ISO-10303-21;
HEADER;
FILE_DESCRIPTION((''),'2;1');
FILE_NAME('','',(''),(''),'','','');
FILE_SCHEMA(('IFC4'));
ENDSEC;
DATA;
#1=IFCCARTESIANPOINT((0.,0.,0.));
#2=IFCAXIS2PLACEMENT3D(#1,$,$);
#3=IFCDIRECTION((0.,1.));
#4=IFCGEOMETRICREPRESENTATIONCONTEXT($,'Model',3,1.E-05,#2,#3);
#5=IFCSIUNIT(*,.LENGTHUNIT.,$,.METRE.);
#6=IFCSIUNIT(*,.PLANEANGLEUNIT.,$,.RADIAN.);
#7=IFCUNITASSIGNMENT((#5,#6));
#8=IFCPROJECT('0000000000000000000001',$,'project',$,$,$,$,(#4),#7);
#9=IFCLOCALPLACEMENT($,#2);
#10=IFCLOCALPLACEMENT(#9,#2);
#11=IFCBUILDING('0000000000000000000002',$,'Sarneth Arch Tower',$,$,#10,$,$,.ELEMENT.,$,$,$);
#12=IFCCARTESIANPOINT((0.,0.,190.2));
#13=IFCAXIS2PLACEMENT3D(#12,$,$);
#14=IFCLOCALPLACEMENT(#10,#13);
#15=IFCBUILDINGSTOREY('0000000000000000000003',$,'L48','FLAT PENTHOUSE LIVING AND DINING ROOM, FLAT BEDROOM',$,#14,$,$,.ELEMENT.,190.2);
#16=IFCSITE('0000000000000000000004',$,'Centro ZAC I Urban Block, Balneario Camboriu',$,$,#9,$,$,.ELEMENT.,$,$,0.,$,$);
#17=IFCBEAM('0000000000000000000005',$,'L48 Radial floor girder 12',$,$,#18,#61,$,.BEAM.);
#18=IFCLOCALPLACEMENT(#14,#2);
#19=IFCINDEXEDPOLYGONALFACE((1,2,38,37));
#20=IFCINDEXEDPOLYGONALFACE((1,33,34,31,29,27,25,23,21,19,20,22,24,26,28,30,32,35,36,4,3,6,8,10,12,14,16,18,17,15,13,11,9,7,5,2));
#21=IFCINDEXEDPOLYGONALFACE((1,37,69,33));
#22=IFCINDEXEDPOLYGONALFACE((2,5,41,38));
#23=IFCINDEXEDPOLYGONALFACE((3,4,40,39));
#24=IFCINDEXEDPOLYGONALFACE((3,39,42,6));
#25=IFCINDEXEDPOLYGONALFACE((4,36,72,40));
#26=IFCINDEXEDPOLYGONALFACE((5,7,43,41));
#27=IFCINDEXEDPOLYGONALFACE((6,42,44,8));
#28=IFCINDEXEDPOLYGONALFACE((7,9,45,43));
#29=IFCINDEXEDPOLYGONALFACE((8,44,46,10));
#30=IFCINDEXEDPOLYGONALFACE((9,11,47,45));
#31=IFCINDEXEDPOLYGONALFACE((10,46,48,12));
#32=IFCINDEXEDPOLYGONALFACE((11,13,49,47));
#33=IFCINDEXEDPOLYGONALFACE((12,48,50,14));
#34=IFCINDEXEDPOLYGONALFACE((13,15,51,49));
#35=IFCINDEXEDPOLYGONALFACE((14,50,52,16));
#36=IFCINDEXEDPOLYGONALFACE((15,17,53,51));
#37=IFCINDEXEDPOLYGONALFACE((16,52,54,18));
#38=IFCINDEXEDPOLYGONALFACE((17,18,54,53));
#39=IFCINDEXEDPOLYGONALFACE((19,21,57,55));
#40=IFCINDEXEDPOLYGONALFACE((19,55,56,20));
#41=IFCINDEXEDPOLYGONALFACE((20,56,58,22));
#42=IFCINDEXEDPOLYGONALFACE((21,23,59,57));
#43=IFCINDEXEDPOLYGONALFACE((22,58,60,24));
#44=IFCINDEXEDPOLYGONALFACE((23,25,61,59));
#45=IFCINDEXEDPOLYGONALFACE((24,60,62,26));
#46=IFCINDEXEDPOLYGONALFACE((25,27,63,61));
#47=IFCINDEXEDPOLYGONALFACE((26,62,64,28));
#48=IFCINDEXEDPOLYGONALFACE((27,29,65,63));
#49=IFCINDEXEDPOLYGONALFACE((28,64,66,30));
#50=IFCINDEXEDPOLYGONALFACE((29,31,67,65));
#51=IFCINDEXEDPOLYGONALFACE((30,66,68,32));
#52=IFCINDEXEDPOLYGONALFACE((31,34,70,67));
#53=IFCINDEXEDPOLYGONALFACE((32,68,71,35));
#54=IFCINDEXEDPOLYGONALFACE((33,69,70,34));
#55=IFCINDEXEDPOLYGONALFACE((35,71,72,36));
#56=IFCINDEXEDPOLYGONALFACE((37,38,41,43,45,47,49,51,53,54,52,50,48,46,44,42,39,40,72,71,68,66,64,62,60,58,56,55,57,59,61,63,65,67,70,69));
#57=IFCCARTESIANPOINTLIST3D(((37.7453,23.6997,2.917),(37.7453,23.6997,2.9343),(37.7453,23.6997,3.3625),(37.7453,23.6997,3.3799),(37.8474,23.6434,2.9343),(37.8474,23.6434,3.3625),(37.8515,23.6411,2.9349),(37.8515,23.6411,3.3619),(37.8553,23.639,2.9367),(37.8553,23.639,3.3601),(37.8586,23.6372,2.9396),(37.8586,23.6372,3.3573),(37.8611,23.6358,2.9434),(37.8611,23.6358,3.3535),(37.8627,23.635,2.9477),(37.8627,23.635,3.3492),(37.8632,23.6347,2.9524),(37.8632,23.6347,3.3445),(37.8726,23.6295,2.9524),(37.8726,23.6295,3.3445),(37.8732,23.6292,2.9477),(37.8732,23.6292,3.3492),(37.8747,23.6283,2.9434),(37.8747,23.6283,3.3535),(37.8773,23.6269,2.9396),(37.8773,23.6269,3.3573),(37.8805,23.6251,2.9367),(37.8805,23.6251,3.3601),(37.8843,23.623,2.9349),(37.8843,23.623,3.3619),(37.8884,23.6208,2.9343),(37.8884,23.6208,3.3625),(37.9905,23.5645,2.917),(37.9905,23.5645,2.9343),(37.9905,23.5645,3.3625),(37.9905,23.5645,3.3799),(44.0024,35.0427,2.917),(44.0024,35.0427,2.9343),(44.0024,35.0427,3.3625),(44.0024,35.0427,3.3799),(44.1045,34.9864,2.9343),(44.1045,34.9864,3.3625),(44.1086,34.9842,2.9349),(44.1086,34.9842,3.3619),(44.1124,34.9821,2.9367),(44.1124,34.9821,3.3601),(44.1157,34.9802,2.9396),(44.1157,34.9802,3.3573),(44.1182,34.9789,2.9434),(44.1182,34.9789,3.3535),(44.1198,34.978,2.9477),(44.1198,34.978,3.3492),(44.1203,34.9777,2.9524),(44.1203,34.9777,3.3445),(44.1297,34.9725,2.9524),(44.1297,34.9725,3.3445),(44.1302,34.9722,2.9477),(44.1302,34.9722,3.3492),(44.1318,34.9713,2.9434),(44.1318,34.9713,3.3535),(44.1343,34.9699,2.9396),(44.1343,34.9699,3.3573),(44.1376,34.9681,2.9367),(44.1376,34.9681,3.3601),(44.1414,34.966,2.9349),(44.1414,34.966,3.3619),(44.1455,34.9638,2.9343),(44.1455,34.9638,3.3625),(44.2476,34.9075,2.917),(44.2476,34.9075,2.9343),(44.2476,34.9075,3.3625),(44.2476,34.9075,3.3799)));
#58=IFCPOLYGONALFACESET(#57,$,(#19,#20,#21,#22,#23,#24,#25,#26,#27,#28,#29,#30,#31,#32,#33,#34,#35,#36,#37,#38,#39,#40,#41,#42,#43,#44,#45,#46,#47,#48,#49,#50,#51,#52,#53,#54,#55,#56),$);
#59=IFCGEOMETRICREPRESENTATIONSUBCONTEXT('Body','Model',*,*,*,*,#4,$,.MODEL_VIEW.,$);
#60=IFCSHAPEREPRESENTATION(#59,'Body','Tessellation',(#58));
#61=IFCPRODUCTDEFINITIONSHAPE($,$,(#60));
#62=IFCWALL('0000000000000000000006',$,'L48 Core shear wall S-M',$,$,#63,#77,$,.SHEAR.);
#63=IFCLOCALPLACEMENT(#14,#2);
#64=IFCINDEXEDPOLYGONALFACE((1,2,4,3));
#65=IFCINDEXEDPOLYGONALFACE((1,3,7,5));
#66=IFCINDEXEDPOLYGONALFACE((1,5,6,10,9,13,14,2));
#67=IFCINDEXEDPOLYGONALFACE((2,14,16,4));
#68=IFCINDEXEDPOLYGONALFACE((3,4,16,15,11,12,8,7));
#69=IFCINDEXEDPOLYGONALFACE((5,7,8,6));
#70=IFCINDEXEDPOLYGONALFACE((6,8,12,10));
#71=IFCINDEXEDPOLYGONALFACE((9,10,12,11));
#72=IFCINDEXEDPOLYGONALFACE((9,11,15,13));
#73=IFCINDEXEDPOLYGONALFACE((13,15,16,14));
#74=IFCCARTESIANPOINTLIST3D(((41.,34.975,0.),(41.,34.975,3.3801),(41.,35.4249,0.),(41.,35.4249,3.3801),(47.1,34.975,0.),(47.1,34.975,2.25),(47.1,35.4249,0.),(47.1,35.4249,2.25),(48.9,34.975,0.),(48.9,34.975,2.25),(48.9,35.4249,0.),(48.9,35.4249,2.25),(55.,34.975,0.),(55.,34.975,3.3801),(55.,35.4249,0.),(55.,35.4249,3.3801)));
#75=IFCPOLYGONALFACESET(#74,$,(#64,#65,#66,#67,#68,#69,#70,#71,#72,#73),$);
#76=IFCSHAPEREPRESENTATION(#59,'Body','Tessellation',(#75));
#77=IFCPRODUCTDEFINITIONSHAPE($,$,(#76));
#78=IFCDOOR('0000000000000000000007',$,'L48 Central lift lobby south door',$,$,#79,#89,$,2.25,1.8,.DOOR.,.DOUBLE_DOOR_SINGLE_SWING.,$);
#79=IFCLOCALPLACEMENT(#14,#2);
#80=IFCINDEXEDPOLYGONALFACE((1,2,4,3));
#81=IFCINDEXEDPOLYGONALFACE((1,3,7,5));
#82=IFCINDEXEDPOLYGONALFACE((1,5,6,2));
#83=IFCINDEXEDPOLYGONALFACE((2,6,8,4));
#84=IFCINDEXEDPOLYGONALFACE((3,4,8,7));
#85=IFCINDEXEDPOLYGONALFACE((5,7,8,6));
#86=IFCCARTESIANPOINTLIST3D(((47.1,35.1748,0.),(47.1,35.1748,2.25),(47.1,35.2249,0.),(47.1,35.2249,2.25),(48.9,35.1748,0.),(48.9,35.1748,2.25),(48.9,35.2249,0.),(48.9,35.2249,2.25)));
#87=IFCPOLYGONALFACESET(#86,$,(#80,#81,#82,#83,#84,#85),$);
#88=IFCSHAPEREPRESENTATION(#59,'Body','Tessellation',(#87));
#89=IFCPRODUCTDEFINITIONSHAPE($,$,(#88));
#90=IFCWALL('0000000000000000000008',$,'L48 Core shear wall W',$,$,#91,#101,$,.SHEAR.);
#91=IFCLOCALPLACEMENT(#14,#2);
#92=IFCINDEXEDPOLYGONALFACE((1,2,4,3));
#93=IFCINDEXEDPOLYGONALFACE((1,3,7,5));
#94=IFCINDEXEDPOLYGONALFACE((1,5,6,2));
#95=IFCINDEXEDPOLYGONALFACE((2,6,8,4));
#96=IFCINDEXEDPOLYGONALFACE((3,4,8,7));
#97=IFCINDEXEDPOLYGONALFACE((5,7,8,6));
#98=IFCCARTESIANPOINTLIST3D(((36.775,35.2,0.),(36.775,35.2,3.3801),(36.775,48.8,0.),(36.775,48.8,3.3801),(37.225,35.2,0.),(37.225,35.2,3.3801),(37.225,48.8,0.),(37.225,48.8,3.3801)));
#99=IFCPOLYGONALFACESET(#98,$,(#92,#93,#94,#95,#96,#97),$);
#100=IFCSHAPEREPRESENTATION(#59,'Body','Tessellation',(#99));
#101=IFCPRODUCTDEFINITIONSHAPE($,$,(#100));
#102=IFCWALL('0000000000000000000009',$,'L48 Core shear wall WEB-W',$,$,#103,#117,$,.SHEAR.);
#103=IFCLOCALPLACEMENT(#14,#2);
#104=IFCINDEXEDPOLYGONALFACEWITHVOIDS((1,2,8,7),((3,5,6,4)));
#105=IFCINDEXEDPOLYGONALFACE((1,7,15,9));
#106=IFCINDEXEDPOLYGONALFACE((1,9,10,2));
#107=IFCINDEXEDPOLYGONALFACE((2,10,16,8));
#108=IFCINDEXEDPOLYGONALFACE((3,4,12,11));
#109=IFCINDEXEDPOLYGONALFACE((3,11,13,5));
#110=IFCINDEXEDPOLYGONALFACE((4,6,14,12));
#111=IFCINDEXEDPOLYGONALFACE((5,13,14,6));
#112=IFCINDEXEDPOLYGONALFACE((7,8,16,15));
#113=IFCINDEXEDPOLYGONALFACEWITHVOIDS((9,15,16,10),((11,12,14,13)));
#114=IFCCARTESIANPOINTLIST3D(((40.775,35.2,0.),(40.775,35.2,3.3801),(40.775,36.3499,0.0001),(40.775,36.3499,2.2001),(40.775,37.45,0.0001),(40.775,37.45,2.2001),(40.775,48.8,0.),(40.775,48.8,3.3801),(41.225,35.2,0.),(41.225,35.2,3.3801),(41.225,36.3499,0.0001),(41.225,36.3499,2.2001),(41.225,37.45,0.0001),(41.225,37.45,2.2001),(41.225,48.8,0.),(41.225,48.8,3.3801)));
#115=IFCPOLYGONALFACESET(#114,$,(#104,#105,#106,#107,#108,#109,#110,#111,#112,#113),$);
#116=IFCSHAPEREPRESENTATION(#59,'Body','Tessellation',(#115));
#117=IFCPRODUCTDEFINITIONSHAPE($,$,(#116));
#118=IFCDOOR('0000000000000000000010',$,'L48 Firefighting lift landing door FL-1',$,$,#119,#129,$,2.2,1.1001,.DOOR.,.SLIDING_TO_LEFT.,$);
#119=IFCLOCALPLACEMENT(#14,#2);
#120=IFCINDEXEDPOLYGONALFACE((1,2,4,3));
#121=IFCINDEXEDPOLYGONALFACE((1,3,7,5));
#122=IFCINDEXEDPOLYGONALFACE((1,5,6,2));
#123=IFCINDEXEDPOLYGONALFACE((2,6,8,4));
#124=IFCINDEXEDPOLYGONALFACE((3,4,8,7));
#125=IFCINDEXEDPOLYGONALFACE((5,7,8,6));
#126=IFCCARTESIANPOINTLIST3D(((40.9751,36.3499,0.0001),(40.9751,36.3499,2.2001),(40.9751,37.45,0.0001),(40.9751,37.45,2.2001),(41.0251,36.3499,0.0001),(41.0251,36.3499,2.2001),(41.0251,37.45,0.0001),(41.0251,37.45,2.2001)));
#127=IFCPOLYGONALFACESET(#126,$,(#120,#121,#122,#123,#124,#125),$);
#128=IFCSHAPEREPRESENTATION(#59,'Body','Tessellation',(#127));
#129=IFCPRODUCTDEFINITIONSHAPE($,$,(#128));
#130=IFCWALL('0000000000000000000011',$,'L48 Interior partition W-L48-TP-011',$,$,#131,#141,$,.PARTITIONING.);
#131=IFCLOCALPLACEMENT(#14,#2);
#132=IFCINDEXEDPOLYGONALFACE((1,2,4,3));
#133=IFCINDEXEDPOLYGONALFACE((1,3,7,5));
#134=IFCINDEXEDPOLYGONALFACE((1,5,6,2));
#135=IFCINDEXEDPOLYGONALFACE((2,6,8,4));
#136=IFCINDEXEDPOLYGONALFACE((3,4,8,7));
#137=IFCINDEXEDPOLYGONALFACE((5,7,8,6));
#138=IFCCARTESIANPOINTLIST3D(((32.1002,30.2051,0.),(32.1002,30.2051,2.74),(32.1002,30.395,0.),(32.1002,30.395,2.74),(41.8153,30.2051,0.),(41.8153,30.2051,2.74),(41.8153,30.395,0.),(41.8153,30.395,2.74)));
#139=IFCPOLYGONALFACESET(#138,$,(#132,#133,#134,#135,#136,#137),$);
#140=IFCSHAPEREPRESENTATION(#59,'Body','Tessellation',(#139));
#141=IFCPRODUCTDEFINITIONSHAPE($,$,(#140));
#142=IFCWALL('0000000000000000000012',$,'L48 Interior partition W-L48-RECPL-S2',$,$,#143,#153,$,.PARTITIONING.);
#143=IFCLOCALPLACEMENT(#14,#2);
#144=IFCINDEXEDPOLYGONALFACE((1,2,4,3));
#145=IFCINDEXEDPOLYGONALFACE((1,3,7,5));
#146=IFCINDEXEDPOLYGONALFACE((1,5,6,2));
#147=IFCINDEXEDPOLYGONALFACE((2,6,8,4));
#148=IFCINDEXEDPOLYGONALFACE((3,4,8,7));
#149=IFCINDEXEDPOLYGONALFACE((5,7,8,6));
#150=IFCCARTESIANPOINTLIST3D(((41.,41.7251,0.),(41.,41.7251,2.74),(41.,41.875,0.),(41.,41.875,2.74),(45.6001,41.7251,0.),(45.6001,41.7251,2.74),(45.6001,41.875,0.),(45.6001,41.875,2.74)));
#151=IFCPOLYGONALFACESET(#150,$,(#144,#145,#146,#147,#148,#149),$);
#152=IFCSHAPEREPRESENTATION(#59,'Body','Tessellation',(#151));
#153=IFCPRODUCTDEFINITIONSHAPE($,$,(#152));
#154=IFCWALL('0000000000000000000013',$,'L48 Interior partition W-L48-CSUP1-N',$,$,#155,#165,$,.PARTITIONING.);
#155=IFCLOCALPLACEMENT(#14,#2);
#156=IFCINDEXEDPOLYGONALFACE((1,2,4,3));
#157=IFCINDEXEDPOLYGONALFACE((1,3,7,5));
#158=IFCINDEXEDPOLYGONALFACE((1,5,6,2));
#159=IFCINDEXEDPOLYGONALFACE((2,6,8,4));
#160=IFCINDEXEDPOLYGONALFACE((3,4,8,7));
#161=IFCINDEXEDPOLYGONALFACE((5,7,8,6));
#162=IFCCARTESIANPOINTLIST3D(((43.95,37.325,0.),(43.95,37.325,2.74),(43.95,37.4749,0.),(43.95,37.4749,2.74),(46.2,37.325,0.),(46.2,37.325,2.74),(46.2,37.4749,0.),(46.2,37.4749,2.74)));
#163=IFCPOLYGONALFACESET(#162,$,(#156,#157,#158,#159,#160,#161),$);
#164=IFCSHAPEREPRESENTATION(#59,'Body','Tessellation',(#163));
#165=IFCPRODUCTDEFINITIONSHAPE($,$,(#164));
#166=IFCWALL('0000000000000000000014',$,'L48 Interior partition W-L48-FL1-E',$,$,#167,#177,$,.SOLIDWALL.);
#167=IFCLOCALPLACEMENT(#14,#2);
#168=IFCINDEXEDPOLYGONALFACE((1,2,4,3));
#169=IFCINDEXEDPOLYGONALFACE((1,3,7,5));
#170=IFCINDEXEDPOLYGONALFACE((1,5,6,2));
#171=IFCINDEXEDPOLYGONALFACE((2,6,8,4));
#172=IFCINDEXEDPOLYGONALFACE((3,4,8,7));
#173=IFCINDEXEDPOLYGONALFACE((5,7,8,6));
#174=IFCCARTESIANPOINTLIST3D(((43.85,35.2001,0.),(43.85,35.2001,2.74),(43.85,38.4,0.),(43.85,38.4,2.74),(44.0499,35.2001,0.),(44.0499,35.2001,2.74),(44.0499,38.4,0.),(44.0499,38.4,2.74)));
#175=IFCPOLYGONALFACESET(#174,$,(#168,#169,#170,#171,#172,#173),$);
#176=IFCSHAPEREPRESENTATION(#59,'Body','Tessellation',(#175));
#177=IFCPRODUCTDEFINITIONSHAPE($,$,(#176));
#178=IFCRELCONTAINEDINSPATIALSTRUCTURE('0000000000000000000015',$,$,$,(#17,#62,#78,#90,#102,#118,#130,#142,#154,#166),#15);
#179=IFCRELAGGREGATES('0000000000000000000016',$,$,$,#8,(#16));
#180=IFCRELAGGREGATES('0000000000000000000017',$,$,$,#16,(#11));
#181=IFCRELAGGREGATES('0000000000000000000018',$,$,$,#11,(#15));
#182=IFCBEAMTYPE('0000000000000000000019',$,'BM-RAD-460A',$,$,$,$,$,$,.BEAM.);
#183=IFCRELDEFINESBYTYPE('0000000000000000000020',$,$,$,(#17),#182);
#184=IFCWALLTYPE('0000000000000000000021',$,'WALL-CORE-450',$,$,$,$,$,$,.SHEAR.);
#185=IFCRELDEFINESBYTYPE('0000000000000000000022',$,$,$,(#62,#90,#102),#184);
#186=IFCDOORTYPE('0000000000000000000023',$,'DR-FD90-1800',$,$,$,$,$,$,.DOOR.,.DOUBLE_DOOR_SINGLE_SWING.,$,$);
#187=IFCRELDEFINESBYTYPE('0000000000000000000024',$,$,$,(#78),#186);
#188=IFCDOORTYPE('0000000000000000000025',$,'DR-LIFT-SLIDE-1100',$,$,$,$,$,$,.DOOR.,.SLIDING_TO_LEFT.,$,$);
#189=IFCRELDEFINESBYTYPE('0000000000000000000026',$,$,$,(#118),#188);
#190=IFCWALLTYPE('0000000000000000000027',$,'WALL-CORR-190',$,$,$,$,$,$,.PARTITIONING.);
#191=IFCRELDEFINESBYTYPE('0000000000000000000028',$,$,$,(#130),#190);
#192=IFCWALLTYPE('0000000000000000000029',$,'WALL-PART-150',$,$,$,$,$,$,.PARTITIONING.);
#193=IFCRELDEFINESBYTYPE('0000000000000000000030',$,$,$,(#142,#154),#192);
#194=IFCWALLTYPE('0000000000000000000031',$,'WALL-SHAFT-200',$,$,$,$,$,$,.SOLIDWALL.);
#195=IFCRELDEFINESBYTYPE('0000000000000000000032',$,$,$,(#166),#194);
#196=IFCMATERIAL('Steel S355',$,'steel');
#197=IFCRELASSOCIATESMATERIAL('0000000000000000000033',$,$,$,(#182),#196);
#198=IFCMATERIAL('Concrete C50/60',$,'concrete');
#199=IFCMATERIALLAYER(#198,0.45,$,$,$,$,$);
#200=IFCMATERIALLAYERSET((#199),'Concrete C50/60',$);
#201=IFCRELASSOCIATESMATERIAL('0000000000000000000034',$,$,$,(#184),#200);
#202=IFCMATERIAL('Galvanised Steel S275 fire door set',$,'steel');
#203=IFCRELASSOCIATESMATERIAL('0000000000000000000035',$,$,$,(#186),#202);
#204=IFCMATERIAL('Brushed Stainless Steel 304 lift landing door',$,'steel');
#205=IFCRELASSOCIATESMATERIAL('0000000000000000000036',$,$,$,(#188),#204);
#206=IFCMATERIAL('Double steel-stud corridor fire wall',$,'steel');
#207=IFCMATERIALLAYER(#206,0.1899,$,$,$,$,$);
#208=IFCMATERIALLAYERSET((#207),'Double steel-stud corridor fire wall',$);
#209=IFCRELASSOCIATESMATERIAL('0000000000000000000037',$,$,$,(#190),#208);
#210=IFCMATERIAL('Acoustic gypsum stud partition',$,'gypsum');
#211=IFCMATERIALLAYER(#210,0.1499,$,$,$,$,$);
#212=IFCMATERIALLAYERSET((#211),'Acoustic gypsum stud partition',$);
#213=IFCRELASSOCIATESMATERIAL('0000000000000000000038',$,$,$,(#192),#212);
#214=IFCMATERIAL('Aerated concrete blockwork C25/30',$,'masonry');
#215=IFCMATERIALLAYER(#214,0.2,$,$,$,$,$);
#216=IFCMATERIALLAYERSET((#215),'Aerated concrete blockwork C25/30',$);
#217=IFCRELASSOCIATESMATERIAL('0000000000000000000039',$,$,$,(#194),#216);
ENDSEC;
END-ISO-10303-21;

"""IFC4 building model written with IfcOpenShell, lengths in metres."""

from ifc_helpers import new_model, si_unit, direction, frame, frame_2d, origin, origin_2d, place, context, subcontext, project, spatial, rectangle, i_section, extrude, material, layer, layer_set, material_profile, profile_set, type_object, element, fill, save


model = new_model("IFC4")

# Units and contexts
model_context = context("Model", 3, precision=1e-05, world=origin(), true_north=direction((0.0, 1.0)))
body_context = subcontext(model_context, "Body", "Model", "MODEL_VIEW")
ifc_project = project(units=[si_unit("LENGTHUNIT", "METRE"), si_unit("PLANEANGLEUNIT", "RADIAN")], contexts=[model_context])

# Site, building, storey
site_placement = place(None, origin())
site = spatial("IfcSite", under=ifc_project, at=site_placement, Name="Centro ZAC I Urban Block, Balneario Camboriu", CompositionType="ELEMENT", RefElevation=0.0)
building_placement = place(site_placement, origin())
building = spatial("IfcBuilding", under=site, at=building_placement, Name="Sarneth Arch Tower", CompositionType="ELEMENT")
storey_placement = place(building_placement, frame((0.0, 0.0, 190.2)))
storey = spatial("IfcBuildingStorey", under=building, at=storey_placement, Name="L48", Description="FLAT PENTHOUSE LIVING AND DINING ROOM, FLAT BEDROOM", CompositionType="ELEMENT", Elevation=190.2)

# Beam
ifc_material_1 = material(Name="Steel S355", Category="steel")
ifc_material_profile_1 = material_profile(ifc_material_1, i_section(OverallWidth=0.28, OverallDepth=0.4629, WebThickness=0.0107, FlangeThickness=0.0173, FilletRadius=0.0181, at=origin_2d()), Name="W460x113")
ifc_profile_set_1 = profile_set([ifc_material_profile_1], Name="Steel S355")
beam_type_1 = type_object("IfcBeamType", Name="BM-RAD-460A", PredefinedType="BEAM", material=ifc_profile_set_1)
beam_1_placement = place(storey_placement, frame((44.125, 34.9751, 3.1484), z_axis=(-0.48301, -0.875615, 0.0), x_axis=(0.875615, -0.48301, 0.0)))
element("IfcBeam", 1, at=beam_1_placement, inside=storey, type_object=beam_type_1, Name="L48 Radial floor girder 12", PredefinedType="BEAM", context=body_context, shape_type="SweptSolid", body=[
    extrude(i_section(OverallWidth=0.28, OverallDepth=0.4629, WebThickness=0.0107, FlangeThickness=0.0173, FilletRadius=0.0181, at=origin_2d()), origin(), (0.0, 0.0, 1.0), 12.9543),
])

# Wall, opening, door
ifc_material_2 = material(Name="Concrete C50/60", Category="concrete")
ifc_layer_1 = layer(ifc_material_2, 0.45)
ifc_layer_set_1 = layer_set([ifc_layer_1], Name="Concrete C50/60")
wall_type_1 = type_object("IfcWallType", Name="WALL-CORE-450", PredefinedType="SHEAR", material=ifc_layer_set_1)
wall_1_placement = place(storey_placement, frame((41.0, 35.2, 0.0), z_axis=(0.0, 0.0, 1.0), x_axis=(1.0, 0.0, 0.0)))
wall_1 = element("IfcWall", 2, at=wall_1_placement, inside=storey, type_object=wall_type_1, Name="L48 Core shear wall S-M", PredefinedType="SHEAR", context=body_context, shape_type="SweptSolid", body=[
    extrude(rectangle(XDim=14.0, YDim=0.45, at=frame_2d((7.0, 0.0))), origin(), (0.0, 0.0, 1.0), 3.3801),
])
opening_1_placement = place(wall_1_placement, frame((6.1001, 0.0, 0.0)))
opening_1 = element("IfcOpeningElement", 3, at=opening_1_placement, cuts=wall_1, PredefinedType="OPENING", context=body_context, shape_type="SweptSolid", body=[
    extrude(rectangle(XDim=1.8, YDim=2.25, at=frame_2d((0.8999, 1.125))), frame((0.0, 0.2349, 0.0), z_axis=(0.0, -1.0, 0.0), x_axis=(1.0, 0.0, 0.0)), (0.0, 0.0, 1.0), 0.47),
])
ifc_material_3 = material(Name="Galvanised Steel S275 fire door set", Category="steel")
door_type_1 = type_object("IfcDoorType", Name="DR-FD90-1800", OperationType="DOUBLE_DOOR_SINGLE_SWING", PredefinedType="DOOR", material=ifc_material_3)
door_1_placement = place(opening_1_placement, origin())
door_1 = element("IfcDoor", 4, at=door_1_placement, inside=storey, type_object=door_type_1, Name="L48 Central lift lobby south door", OperationType="DOUBLE_DOOR_SINGLE_SWING", OverallHeight=2.25, OverallWidth=1.8, PredefinedType="DOOR", context=body_context, shape_type="SweptSolid", body=[
    extrude(rectangle(XDim=1.8, YDim=2.25, at=frame_2d((0.8999, 1.125))), frame((0.0, 0.0249, 0.0), z_axis=(0.0, -1.0, 0.0), x_axis=(1.0, 0.0, 0.0)), (0.0, 0.0, 1.0), 0.05),
])
fill(opening_1, door_1)

# Wall
wall_2_placement = place(storey_placement, frame((37.0, 35.2, 0.0), z_axis=(0.0, 0.0, 1.0), x_axis=(0.0, 1.0, 0.0)))
element("IfcWall", 5, at=wall_2_placement, inside=storey, type_object=wall_type_1, Name="L48 Core shear wall W", PredefinedType="SHEAR", context=body_context, shape_type="SweptSolid", body=[
    extrude(rectangle(XDim=13.6001, YDim=0.45, at=frame_2d((6.8, 0.0))), origin(), (0.0, 0.0, 1.0), 3.3801),
])

# Wall, opening, door
wall_3_placement = place(storey_placement, frame((41.0, 35.2, 0.0), z_axis=(0.0, 0.0, 1.0), x_axis=(0.0, 1.0, 0.0)))
wall_3 = element("IfcWall", 6, at=wall_3_placement, inside=storey, type_object=wall_type_1, Name="L48 Core shear wall WEB-W", PredefinedType="SHEAR", context=body_context, shape_type="SweptSolid", body=[
    extrude(rectangle(XDim=13.6001, YDim=0.45, at=frame_2d((6.8, 0.0))), origin(), (0.0, 0.0, 1.0), 3.3801),
])
opening_2_placement = place(wall_3_placement, frame((1.1499, 0.0, 0.0)))
opening_2 = element("IfcOpeningElement", 7, at=opening_2_placement, cuts=wall_3, PredefinedType="OPENING", context=body_context, shape_type="SweptSolid", body=[
    extrude(rectangle(XDim=1.1001, YDim=2.2, at=frame_2d((0.55, 1.1001))), frame((0.0, 0.2349, 0.0), z_axis=(0.0, -1.0, 0.0), x_axis=(1.0, 0.0, 0.0)), (0.0, 0.0, 1.0), 0.47),
])
ifc_material_4 = material(Name="Brushed Stainless Steel 304 lift landing door", Category="steel")
door_type_2 = type_object("IfcDoorType", Name="DR-LIFT-SLIDE-1100", OperationType="SLIDING_TO_LEFT", PredefinedType="DOOR", material=ifc_material_4)
door_2_placement = place(opening_2_placement, origin())
door_2 = element("IfcDoor", 8, at=door_2_placement, inside=storey, type_object=door_type_2, Name="L48 Firefighting lift landing door FL-1", OperationType="SLIDING_TO_LEFT", OverallHeight=2.2, OverallWidth=1.1001, PredefinedType="DOOR", context=body_context, shape_type="SweptSolid", body=[
    extrude(rectangle(XDim=1.1001, YDim=2.2, at=frame_2d((0.55, 1.1001))), frame((0.0, 0.0249, 0.0), z_axis=(0.0, -1.0, 0.0), x_axis=(1.0, 0.0, 0.0)), (0.0, 0.0, 1.0), 0.05),
])
fill(opening_2, door_2)

# Wall
ifc_material_5 = material(Name="Double steel-stud corridor fire wall", Category="steel")
ifc_layer_2 = layer(ifc_material_5, 0.1899)
ifc_layer_set_2 = layer_set([ifc_layer_2], Name="Double steel-stud corridor fire wall")
wall_type_2 = type_object("IfcWallType", Name="WALL-CORR-190", PredefinedType="PARTITIONING", material=ifc_layer_set_2)
wall_4_placement = place(storey_placement, frame((41.8152, 30.3, 0.0), z_axis=(0.0, 0.0, 1.0), x_axis=(-1.0, 0.0, 0.0)))
element("IfcWall", 9, at=wall_4_placement, inside=storey, type_object=wall_type_2, Name="L48 Interior partition W-L48-TP-011", PredefinedType="PARTITIONING", context=body_context, shape_type="SweptSolid", body=[
    extrude(rectangle(XDim=9.7151, YDim=0.1899, at=frame_2d((4.8574, 0.0))), origin(), (0.0, 0.0, 1.0), 2.74),
])

# Shared definitions
ifc_material_6 = material(Name="Acoustic gypsum stud partition", Category="gypsum")
ifc_layer_3 = layer(ifc_material_6, 0.1499)
ifc_layer_set_3 = layer_set([ifc_layer_3], Name="Acoustic gypsum stud partition")
wall_type_3 = type_object("IfcWallType", Name="WALL-PART-150", PredefinedType="PARTITIONING", material=ifc_layer_set_3)

# Wall
wall_5_placement = place(storey_placement, frame((41.0, 41.8, 0.0), z_axis=(0.0, 0.0, 1.0), x_axis=(1.0, 0.0, 0.0)))
element("IfcWall", 10, at=wall_5_placement, inside=storey, type_object=wall_type_3, Name="L48 Interior partition W-L48-RECPL-S2", PredefinedType="PARTITIONING", context=body_context, shape_type="SweptSolid", body=[
    extrude(rectangle(XDim=4.6001, YDim=0.1499, at=frame_2d((2.3, 0.0))), origin(), (0.0, 0.0, 1.0), 2.74),
])

# Wall
wall_6_placement = place(storey_placement, frame((43.95, 37.3999, 0.0), z_axis=(0.0, 0.0, 1.0), x_axis=(1.0, 0.0, 0.0)))
element("IfcWall", 11, at=wall_6_placement, inside=storey, type_object=wall_type_3, Name="L48 Interior partition W-L48-CSUP1-N", PredefinedType="PARTITIONING", context=body_context, shape_type="SweptSolid", body=[
    extrude(rectangle(XDim=2.25, YDim=0.1499, at=frame_2d((1.125, 0.0))), origin(), (0.0, 0.0, 1.0), 2.74),
])

# Shared definitions
ifc_material_7 = material(Name="Aerated concrete blockwork C25/30", Category="masonry")
ifc_layer_4 = layer(ifc_material_7, 0.2)
ifc_layer_set_4 = layer_set([ifc_layer_4], Name="Aerated concrete blockwork C25/30")
wall_type_4 = type_object("IfcWallType", Name="WALL-SHAFT-200", PredefinedType="SOLIDWALL", material=ifc_layer_set_4)

# Wall
wall_7_placement = place(storey_placement, frame((43.95, 35.2, 0.0), z_axis=(0.0, 0.0, 1.0), x_axis=(0.0, 1.0, 0.0)))
element("IfcWall", 12, at=wall_7_placement, inside=storey, type_object=wall_type_4, Name="L48 Interior partition W-L48-FL1-E", PredefinedType="SOLIDWALL", context=body_context, shape_type="SweptSolid", body=[
    extrude(rectangle(XDim=3.2, YDim=0.2, at=frame_2d((1.6001, 0.0))), origin(), (0.0, 0.0, 1.0), 2.74),
])

save(model, "model.ifc")
